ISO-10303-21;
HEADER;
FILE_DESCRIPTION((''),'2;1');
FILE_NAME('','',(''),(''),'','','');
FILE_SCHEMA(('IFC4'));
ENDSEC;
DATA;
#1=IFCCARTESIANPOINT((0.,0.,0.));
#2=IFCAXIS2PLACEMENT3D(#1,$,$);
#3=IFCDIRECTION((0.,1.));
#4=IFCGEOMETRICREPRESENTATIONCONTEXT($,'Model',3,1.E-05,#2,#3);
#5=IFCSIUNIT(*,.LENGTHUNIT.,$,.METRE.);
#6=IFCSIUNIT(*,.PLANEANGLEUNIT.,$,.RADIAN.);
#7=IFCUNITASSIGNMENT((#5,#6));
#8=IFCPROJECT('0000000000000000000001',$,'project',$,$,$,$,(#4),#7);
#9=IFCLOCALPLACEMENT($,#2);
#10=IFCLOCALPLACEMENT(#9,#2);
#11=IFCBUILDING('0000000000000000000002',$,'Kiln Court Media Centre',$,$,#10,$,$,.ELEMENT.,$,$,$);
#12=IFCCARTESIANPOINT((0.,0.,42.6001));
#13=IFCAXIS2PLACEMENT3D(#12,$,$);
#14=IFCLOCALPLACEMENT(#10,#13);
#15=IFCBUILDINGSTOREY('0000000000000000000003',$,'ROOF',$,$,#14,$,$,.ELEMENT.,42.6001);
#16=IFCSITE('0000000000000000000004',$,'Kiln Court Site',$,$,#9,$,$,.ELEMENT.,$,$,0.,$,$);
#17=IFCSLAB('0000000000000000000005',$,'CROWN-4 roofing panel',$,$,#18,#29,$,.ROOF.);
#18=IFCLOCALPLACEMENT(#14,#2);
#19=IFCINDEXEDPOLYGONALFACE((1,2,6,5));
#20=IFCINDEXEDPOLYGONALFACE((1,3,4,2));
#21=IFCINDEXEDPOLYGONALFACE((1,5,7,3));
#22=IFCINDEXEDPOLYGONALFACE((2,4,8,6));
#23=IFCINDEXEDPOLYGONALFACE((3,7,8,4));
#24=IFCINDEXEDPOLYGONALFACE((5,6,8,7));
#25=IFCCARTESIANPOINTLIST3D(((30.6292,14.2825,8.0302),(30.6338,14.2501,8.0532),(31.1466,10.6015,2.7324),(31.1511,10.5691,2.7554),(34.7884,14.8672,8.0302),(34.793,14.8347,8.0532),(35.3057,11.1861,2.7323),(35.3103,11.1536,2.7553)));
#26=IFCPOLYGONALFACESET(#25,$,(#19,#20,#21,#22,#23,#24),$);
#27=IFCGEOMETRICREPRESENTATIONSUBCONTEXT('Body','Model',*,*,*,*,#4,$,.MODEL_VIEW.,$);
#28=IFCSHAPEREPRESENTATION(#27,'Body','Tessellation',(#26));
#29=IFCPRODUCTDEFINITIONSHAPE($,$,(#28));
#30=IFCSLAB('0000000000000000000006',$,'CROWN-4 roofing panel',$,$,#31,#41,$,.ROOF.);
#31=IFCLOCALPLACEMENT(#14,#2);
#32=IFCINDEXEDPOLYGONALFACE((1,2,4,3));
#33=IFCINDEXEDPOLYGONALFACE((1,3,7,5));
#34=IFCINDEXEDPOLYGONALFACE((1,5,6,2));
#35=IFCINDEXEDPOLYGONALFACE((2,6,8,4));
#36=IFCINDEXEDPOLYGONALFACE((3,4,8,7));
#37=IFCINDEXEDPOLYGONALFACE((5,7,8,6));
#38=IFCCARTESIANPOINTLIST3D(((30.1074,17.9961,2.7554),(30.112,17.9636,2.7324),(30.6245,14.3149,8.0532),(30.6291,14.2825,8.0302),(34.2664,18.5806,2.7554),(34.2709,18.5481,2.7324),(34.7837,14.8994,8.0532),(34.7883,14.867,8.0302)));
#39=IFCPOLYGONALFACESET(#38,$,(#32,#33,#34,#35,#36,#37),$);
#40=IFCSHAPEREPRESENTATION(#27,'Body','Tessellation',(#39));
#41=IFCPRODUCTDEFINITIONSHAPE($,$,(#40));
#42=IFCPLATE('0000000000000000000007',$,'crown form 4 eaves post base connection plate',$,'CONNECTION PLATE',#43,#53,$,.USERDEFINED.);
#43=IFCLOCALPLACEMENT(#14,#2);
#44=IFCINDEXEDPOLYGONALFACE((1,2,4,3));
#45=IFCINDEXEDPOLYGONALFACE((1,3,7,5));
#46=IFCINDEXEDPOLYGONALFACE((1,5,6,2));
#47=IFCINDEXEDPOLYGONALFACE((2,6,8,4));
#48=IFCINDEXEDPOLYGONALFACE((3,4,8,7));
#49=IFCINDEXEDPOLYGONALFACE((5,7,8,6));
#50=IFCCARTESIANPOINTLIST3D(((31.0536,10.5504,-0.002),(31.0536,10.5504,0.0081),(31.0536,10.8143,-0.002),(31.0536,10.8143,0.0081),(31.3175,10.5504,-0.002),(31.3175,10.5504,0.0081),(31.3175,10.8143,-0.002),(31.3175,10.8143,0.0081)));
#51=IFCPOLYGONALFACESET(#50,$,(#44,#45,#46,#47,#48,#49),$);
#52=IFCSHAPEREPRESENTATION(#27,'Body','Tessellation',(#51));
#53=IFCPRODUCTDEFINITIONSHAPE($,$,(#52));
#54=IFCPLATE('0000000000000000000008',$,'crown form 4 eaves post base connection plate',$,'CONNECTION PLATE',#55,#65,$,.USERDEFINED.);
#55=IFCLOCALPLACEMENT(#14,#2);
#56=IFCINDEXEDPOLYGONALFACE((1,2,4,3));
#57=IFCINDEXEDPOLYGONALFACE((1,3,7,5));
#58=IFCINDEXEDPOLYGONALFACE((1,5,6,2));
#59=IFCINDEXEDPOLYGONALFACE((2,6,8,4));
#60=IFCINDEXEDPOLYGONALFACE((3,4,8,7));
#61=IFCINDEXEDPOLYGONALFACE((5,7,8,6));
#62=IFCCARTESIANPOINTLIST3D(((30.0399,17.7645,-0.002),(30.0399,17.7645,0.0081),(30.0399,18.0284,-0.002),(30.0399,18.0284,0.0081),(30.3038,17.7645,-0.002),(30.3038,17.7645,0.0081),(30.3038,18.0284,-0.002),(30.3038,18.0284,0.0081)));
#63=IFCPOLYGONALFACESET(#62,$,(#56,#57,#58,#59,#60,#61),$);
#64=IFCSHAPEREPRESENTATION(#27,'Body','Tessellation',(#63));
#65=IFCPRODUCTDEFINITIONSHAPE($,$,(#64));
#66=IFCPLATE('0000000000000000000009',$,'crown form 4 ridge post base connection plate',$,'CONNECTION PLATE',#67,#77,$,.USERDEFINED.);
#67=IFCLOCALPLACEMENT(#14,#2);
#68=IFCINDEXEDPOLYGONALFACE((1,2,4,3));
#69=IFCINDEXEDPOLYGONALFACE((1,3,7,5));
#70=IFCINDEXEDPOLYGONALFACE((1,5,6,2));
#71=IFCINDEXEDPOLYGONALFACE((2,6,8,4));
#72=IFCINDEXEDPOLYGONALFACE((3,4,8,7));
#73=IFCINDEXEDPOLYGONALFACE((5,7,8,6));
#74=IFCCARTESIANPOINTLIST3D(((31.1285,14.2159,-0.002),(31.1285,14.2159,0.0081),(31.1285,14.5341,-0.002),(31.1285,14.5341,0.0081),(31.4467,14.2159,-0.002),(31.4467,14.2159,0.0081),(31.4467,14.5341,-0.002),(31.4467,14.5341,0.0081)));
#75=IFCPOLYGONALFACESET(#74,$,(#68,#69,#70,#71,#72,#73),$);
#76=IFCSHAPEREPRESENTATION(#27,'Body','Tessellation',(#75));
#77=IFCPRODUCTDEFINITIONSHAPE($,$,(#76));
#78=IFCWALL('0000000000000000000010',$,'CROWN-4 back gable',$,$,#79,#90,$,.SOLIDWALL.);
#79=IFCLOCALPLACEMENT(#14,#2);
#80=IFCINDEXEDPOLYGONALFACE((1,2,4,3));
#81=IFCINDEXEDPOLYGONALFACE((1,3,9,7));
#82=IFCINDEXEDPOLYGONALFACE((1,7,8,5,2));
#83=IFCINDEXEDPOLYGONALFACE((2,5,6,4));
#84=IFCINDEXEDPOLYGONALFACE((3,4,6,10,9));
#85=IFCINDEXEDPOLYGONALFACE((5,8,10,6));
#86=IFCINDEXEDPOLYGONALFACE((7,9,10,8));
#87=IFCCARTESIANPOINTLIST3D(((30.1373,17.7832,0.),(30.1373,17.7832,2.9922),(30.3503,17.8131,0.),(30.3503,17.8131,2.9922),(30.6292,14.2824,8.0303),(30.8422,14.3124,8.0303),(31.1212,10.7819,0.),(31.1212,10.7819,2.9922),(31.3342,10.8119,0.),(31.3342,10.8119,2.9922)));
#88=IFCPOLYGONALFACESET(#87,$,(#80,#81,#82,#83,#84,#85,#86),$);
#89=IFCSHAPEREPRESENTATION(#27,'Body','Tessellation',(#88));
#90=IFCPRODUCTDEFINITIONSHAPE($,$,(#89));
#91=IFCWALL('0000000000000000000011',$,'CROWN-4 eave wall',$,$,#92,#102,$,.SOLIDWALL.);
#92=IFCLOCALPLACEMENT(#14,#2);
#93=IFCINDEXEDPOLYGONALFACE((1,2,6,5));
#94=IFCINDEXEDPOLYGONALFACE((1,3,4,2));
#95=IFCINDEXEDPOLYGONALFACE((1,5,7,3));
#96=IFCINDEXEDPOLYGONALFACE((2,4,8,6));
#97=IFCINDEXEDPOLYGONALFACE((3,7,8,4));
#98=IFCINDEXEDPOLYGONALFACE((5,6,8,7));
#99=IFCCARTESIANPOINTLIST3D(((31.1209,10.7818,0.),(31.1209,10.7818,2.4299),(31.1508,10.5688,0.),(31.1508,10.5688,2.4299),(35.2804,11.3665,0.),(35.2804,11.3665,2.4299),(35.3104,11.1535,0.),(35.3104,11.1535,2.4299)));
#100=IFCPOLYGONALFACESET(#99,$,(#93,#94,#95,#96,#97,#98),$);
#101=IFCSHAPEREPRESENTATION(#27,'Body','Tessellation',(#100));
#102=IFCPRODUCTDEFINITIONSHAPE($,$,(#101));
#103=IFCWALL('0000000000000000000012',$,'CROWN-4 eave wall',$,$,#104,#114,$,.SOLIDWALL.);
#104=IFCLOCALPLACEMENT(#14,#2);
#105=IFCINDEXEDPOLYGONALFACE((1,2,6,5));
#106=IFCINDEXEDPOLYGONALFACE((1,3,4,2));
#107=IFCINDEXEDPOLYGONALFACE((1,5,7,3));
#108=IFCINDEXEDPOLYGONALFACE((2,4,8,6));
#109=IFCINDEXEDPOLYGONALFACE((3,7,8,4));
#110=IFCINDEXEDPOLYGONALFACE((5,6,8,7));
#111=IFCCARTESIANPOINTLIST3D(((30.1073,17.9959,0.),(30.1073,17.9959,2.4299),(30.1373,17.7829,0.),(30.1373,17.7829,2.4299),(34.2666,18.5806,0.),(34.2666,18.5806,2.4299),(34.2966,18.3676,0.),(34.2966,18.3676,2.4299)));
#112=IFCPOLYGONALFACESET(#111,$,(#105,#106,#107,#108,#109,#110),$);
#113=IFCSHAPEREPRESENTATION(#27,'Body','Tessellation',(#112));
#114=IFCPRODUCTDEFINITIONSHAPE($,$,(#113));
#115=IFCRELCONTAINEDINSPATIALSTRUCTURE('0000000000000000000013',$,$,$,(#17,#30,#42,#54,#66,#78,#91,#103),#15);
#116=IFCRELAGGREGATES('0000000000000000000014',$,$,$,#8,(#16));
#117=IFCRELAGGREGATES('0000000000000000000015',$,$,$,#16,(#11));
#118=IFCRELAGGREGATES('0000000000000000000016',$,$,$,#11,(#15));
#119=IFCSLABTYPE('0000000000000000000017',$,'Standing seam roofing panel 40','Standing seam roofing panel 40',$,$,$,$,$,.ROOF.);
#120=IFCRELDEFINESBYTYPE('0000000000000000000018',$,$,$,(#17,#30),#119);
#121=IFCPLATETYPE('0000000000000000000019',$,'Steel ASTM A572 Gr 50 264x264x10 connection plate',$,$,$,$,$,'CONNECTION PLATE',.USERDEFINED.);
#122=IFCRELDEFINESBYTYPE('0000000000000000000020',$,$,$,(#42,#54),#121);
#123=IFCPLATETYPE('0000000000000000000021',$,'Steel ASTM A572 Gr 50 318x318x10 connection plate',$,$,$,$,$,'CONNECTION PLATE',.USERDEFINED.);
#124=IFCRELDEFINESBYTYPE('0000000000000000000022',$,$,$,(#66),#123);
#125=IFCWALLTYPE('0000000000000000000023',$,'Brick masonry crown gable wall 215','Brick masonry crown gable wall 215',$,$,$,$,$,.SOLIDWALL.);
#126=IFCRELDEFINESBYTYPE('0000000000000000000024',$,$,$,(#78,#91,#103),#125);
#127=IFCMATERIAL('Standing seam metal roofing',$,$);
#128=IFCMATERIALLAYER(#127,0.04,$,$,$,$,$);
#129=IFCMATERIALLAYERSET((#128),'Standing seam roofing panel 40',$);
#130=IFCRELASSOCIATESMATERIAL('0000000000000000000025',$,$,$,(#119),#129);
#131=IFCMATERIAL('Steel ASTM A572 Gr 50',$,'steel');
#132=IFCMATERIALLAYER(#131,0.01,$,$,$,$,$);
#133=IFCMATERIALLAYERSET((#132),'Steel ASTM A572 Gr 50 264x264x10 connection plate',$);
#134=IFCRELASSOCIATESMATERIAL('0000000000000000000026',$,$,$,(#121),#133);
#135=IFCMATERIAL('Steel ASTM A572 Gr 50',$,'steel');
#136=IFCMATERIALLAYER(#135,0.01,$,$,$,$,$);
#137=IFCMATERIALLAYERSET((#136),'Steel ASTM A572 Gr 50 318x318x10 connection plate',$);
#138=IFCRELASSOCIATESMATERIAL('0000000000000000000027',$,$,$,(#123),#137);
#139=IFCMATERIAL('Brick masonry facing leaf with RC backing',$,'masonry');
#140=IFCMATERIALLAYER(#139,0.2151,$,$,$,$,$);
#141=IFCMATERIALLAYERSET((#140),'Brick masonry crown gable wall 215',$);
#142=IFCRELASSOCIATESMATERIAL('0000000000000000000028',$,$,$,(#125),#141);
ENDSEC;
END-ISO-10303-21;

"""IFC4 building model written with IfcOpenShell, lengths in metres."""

from ifc_helpers import new_model, si_unit, direction, frame, frame_2d, origin, origin_2d, place, context, subcontext, project, spatial, polyline, rectangle, outline, extrude, material, layer, layer_set, type_object, element, save


model = new_model("IFC4")

# Units and contexts
model_context = context("Model", 3, precision=1e-05, world=origin(), true_north=direction((0.0, 1.0)))
body_context = subcontext(model_context, "Body", "Model", "MODEL_VIEW")
ifc_project = project(units=[si_unit("LENGTHUNIT", "METRE"), si_unit("PLANEANGLEUNIT", "RADIAN")], contexts=[model_context])

# Site, building, storey
site_placement = place(None, origin())
site = spatial("IfcSite", under=ifc_project, at=site_placement, Name="Kiln Court Site", CompositionType="ELEMENT", RefElevation=0.0)
building_placement = place(site_placement, origin())
building = spatial("IfcBuilding", under=site, at=building_placement, Name="Kiln Court Media Centre", CompositionType="ELEMENT")
storey_placement = place(building_placement, frame((0.0, 0.0, 42.6001)))
storey = spatial("IfcBuildingStorey", under=building, at=storey_placement, Name="ROOF", CompositionType="ELEMENT", Elevation=42.6001)

# Slabs
ifc_material_1 = material(Name="Standing seam metal roofing")
ifc_layer_1 = layer(ifc_material_1, 0.04)
ifc_layer_set_1 = layer_set([ifc_layer_1], Name="Standing seam roofing panel 40")
slab_type = type_object("IfcSlabType", Name="Standing seam roofing panel 40", Description="Standing seam roofing panel 40", PredefinedType="ROOF", material=ifc_layer_set_1)
slab_1_placement = place(storey_placement, frame((31.1511, 10.5691, 2.7554), z_axis=(0.113938, -0.810631, 0.574365), x_axis=(0.990267, 0.139178, -0.000014)))
element("IfcSlab", 1, at=slab_1_placement, inside=storey, type_object=slab_type, Name="CROWN-4 roofing panel", PredefinedType="ROOF", context=body_context, shape_type="SweptSolid", body=[
    extrude(outline(polyline([(0.0, 0.0), (4.2, 0.0), (4.2, 6.4719), (-0.0001, 6.4718), (0.0, 0.0)])), origin(), (0.0, 0.0, -1.0), 0.04),
])
slab_2_placement = place(storey_placement, frame((30.1074, 17.9961, 2.7554), z_axis=(-0.113917, 0.810626, 0.574376), x_axis=(0.990269, 0.139164, -0.000002)))
element("IfcSlab", 2, at=slab_2_placement, inside=storey, type_object=slab_type, Name="CROWN-4 roofing panel", PredefinedType="ROOF", context=body_context, shape_type="SweptSolid", body=[
    extrude(outline(polyline([(0.0, 0.0), (4.1998, 0.0), (4.1998, -6.4719), (-0.0002, -6.4719), (0.0, 0.0)])), origin(), (0.0, 0.0, -1.0), 0.04),
])

# Plates
ifc_material_2 = material(Name="Steel ASTM A572 Gr 50", Category="steel")
ifc_layer_2 = layer(ifc_material_2, 0.01)
ifc_layer_set_2 = layer_set([ifc_layer_2], Name="Steel ASTM A572 Gr 50 264x264x10 connection plate")
plate_type_1 = type_object("IfcPlateType", Name="Steel ASTM A572 Gr 50 264x264x10 connection plate", ElementType="CONNECTION PLATE", PredefinedType="USERDEFINED", material=ifc_layer_set_2)
for number, where, z_axis, x_axis, name in (
    (3, (31.1855, 10.6824, -0.002), (0.0, 0.0, 1.0), (1.0, 0.0, 0.0), "crown form 4 eaves post base connection plate"),
    (4, (30.1719, 17.8965, -0.002), (0.0, 0.0, 1.0), (1.0, 0.0, 0.0), "crown form 4 eaves post base connection plate"),
):
    element("IfcPlate", number, at=place(storey_placement, frame(where, z_axis=z_axis, x_axis=x_axis)), inside=storey, type_object=plate_type_1, Name=name, ObjectType="CONNECTION PLATE", PredefinedType="USERDEFINED", context=body_context, shape_type="SweptSolid", body=[
        extrude(rectangle(XDim=0.2639, YDim=0.2639, at=origin_2d()), origin(), (0.0, 0.0, 1.0), 0.01),
    ])
ifc_material_3 = material(Name="Steel ASTM A572 Gr 50", Category="steel")
ifc_layer_3 = layer(ifc_material_3, 0.01)
ifc_layer_set_3 = layer_set([ifc_layer_3], Name="Steel ASTM A572 Gr 50 318x318x10 connection plate")
plate_type_2 = type_object("IfcPlateType", Name="Steel ASTM A572 Gr 50 318x318x10 connection plate", ElementType="CONNECTION PLATE", PredefinedType="USERDEFINED", material=ifc_layer_set_3)
plate_placement = place(storey_placement, frame((31.2876, 14.375, -0.002), z_axis=(0.0, 0.0, 1.0), x_axis=(1.0, 0.0, 0.0)))
element("IfcPlate", 5, at=plate_placement, inside=storey, type_object=plate_type_2, Name="crown form 4 ridge post base connection plate", ObjectType="CONNECTION PLATE", PredefinedType="USERDEFINED", context=body_context, shape_type="SweptSolid", body=[
    extrude(rectangle(XDim=0.3181, YDim=0.3181, at=origin_2d()), origin(), (0.0, 0.0, 1.0), 0.01),
])

# Walls
ifc_material_4 = material(Name="Brick masonry facing leaf with RC backing", Category="masonry")
ifc_layer_4 = layer(ifc_material_4, 0.2151)
ifc_layer_set_4 = layer_set([ifc_layer_4], Name="Brick masonry crown gable wall 215")
wall_type = type_object("IfcWallType", Name="Brick masonry crown gable wall 215", Description="Brick masonry crown gable wall 215", PredefinedType="SOLIDWALL", material=ifc_layer_set_4)
wall_1_placement = place(storey_placement, frame((31.2275, 10.7969, 0.0), z_axis=(0.0, 0.0, 1.0), x_axis=(-0.139163, 0.990269, 0.0)))
element("IfcWall", 6, at=wall_1_placement, inside=storey, type_object=wall_type, Name="CROWN-4 back gable", PredefinedType="SOLIDWALL", context=body_context, shape_type="SweptSolid", body=[
    extrude(outline(polyline([(0.0, 0.0), (7.0701, 0.0), (7.0701, 2.9922), (3.5349, 8.0303), (0.0, 2.9922), (0.0, 0.0)])), frame((0.0, 0.1074, 0.0), z_axis=(0.0, -1.0, 0.0), x_axis=(1.0, 0.0, 0.0)), (0.0, 0.0, 1.0), 0.2151),
])
wall_2_placement = place(storey_placement, frame((31.136, 10.6753, 0.0), z_axis=(0.0, 0.0, 1.0), x_axis=(0.990263, 0.139208, 0.0)))
element("IfcWall", 7, at=wall_2_placement, inside=storey, type_object=wall_type, Name="CROWN-4 eave wall", PredefinedType="SOLIDWALL", context=body_context, shape_type="SweptSolid", body=[
    extrude(rectangle(XDim=4.2004, YDim=0.2151, at=frame_2d((2.1001, 0.0))), origin(), (0.0, 0.0, 1.0), 2.4299),
])
wall_3_placement = place(storey_placement, frame((30.1223, 17.8894, 0.0), z_axis=(0.0, 0.0, 1.0), x_axis=(0.990262, 0.139216, 0.0)))
element("IfcWall", 8, at=wall_3_placement, inside=storey, type_object=wall_type, Name="CROWN-4 eave wall", PredefinedType="SOLIDWALL", context=body_context, shape_type="SweptSolid", body=[
    extrude(rectangle(XDim=4.2002, YDim=0.2151, at=frame_2d((2.1001, 0.0))), origin(), (0.0, 0.0, 1.0), 2.4299),
])

save(model, "model.ifc")
